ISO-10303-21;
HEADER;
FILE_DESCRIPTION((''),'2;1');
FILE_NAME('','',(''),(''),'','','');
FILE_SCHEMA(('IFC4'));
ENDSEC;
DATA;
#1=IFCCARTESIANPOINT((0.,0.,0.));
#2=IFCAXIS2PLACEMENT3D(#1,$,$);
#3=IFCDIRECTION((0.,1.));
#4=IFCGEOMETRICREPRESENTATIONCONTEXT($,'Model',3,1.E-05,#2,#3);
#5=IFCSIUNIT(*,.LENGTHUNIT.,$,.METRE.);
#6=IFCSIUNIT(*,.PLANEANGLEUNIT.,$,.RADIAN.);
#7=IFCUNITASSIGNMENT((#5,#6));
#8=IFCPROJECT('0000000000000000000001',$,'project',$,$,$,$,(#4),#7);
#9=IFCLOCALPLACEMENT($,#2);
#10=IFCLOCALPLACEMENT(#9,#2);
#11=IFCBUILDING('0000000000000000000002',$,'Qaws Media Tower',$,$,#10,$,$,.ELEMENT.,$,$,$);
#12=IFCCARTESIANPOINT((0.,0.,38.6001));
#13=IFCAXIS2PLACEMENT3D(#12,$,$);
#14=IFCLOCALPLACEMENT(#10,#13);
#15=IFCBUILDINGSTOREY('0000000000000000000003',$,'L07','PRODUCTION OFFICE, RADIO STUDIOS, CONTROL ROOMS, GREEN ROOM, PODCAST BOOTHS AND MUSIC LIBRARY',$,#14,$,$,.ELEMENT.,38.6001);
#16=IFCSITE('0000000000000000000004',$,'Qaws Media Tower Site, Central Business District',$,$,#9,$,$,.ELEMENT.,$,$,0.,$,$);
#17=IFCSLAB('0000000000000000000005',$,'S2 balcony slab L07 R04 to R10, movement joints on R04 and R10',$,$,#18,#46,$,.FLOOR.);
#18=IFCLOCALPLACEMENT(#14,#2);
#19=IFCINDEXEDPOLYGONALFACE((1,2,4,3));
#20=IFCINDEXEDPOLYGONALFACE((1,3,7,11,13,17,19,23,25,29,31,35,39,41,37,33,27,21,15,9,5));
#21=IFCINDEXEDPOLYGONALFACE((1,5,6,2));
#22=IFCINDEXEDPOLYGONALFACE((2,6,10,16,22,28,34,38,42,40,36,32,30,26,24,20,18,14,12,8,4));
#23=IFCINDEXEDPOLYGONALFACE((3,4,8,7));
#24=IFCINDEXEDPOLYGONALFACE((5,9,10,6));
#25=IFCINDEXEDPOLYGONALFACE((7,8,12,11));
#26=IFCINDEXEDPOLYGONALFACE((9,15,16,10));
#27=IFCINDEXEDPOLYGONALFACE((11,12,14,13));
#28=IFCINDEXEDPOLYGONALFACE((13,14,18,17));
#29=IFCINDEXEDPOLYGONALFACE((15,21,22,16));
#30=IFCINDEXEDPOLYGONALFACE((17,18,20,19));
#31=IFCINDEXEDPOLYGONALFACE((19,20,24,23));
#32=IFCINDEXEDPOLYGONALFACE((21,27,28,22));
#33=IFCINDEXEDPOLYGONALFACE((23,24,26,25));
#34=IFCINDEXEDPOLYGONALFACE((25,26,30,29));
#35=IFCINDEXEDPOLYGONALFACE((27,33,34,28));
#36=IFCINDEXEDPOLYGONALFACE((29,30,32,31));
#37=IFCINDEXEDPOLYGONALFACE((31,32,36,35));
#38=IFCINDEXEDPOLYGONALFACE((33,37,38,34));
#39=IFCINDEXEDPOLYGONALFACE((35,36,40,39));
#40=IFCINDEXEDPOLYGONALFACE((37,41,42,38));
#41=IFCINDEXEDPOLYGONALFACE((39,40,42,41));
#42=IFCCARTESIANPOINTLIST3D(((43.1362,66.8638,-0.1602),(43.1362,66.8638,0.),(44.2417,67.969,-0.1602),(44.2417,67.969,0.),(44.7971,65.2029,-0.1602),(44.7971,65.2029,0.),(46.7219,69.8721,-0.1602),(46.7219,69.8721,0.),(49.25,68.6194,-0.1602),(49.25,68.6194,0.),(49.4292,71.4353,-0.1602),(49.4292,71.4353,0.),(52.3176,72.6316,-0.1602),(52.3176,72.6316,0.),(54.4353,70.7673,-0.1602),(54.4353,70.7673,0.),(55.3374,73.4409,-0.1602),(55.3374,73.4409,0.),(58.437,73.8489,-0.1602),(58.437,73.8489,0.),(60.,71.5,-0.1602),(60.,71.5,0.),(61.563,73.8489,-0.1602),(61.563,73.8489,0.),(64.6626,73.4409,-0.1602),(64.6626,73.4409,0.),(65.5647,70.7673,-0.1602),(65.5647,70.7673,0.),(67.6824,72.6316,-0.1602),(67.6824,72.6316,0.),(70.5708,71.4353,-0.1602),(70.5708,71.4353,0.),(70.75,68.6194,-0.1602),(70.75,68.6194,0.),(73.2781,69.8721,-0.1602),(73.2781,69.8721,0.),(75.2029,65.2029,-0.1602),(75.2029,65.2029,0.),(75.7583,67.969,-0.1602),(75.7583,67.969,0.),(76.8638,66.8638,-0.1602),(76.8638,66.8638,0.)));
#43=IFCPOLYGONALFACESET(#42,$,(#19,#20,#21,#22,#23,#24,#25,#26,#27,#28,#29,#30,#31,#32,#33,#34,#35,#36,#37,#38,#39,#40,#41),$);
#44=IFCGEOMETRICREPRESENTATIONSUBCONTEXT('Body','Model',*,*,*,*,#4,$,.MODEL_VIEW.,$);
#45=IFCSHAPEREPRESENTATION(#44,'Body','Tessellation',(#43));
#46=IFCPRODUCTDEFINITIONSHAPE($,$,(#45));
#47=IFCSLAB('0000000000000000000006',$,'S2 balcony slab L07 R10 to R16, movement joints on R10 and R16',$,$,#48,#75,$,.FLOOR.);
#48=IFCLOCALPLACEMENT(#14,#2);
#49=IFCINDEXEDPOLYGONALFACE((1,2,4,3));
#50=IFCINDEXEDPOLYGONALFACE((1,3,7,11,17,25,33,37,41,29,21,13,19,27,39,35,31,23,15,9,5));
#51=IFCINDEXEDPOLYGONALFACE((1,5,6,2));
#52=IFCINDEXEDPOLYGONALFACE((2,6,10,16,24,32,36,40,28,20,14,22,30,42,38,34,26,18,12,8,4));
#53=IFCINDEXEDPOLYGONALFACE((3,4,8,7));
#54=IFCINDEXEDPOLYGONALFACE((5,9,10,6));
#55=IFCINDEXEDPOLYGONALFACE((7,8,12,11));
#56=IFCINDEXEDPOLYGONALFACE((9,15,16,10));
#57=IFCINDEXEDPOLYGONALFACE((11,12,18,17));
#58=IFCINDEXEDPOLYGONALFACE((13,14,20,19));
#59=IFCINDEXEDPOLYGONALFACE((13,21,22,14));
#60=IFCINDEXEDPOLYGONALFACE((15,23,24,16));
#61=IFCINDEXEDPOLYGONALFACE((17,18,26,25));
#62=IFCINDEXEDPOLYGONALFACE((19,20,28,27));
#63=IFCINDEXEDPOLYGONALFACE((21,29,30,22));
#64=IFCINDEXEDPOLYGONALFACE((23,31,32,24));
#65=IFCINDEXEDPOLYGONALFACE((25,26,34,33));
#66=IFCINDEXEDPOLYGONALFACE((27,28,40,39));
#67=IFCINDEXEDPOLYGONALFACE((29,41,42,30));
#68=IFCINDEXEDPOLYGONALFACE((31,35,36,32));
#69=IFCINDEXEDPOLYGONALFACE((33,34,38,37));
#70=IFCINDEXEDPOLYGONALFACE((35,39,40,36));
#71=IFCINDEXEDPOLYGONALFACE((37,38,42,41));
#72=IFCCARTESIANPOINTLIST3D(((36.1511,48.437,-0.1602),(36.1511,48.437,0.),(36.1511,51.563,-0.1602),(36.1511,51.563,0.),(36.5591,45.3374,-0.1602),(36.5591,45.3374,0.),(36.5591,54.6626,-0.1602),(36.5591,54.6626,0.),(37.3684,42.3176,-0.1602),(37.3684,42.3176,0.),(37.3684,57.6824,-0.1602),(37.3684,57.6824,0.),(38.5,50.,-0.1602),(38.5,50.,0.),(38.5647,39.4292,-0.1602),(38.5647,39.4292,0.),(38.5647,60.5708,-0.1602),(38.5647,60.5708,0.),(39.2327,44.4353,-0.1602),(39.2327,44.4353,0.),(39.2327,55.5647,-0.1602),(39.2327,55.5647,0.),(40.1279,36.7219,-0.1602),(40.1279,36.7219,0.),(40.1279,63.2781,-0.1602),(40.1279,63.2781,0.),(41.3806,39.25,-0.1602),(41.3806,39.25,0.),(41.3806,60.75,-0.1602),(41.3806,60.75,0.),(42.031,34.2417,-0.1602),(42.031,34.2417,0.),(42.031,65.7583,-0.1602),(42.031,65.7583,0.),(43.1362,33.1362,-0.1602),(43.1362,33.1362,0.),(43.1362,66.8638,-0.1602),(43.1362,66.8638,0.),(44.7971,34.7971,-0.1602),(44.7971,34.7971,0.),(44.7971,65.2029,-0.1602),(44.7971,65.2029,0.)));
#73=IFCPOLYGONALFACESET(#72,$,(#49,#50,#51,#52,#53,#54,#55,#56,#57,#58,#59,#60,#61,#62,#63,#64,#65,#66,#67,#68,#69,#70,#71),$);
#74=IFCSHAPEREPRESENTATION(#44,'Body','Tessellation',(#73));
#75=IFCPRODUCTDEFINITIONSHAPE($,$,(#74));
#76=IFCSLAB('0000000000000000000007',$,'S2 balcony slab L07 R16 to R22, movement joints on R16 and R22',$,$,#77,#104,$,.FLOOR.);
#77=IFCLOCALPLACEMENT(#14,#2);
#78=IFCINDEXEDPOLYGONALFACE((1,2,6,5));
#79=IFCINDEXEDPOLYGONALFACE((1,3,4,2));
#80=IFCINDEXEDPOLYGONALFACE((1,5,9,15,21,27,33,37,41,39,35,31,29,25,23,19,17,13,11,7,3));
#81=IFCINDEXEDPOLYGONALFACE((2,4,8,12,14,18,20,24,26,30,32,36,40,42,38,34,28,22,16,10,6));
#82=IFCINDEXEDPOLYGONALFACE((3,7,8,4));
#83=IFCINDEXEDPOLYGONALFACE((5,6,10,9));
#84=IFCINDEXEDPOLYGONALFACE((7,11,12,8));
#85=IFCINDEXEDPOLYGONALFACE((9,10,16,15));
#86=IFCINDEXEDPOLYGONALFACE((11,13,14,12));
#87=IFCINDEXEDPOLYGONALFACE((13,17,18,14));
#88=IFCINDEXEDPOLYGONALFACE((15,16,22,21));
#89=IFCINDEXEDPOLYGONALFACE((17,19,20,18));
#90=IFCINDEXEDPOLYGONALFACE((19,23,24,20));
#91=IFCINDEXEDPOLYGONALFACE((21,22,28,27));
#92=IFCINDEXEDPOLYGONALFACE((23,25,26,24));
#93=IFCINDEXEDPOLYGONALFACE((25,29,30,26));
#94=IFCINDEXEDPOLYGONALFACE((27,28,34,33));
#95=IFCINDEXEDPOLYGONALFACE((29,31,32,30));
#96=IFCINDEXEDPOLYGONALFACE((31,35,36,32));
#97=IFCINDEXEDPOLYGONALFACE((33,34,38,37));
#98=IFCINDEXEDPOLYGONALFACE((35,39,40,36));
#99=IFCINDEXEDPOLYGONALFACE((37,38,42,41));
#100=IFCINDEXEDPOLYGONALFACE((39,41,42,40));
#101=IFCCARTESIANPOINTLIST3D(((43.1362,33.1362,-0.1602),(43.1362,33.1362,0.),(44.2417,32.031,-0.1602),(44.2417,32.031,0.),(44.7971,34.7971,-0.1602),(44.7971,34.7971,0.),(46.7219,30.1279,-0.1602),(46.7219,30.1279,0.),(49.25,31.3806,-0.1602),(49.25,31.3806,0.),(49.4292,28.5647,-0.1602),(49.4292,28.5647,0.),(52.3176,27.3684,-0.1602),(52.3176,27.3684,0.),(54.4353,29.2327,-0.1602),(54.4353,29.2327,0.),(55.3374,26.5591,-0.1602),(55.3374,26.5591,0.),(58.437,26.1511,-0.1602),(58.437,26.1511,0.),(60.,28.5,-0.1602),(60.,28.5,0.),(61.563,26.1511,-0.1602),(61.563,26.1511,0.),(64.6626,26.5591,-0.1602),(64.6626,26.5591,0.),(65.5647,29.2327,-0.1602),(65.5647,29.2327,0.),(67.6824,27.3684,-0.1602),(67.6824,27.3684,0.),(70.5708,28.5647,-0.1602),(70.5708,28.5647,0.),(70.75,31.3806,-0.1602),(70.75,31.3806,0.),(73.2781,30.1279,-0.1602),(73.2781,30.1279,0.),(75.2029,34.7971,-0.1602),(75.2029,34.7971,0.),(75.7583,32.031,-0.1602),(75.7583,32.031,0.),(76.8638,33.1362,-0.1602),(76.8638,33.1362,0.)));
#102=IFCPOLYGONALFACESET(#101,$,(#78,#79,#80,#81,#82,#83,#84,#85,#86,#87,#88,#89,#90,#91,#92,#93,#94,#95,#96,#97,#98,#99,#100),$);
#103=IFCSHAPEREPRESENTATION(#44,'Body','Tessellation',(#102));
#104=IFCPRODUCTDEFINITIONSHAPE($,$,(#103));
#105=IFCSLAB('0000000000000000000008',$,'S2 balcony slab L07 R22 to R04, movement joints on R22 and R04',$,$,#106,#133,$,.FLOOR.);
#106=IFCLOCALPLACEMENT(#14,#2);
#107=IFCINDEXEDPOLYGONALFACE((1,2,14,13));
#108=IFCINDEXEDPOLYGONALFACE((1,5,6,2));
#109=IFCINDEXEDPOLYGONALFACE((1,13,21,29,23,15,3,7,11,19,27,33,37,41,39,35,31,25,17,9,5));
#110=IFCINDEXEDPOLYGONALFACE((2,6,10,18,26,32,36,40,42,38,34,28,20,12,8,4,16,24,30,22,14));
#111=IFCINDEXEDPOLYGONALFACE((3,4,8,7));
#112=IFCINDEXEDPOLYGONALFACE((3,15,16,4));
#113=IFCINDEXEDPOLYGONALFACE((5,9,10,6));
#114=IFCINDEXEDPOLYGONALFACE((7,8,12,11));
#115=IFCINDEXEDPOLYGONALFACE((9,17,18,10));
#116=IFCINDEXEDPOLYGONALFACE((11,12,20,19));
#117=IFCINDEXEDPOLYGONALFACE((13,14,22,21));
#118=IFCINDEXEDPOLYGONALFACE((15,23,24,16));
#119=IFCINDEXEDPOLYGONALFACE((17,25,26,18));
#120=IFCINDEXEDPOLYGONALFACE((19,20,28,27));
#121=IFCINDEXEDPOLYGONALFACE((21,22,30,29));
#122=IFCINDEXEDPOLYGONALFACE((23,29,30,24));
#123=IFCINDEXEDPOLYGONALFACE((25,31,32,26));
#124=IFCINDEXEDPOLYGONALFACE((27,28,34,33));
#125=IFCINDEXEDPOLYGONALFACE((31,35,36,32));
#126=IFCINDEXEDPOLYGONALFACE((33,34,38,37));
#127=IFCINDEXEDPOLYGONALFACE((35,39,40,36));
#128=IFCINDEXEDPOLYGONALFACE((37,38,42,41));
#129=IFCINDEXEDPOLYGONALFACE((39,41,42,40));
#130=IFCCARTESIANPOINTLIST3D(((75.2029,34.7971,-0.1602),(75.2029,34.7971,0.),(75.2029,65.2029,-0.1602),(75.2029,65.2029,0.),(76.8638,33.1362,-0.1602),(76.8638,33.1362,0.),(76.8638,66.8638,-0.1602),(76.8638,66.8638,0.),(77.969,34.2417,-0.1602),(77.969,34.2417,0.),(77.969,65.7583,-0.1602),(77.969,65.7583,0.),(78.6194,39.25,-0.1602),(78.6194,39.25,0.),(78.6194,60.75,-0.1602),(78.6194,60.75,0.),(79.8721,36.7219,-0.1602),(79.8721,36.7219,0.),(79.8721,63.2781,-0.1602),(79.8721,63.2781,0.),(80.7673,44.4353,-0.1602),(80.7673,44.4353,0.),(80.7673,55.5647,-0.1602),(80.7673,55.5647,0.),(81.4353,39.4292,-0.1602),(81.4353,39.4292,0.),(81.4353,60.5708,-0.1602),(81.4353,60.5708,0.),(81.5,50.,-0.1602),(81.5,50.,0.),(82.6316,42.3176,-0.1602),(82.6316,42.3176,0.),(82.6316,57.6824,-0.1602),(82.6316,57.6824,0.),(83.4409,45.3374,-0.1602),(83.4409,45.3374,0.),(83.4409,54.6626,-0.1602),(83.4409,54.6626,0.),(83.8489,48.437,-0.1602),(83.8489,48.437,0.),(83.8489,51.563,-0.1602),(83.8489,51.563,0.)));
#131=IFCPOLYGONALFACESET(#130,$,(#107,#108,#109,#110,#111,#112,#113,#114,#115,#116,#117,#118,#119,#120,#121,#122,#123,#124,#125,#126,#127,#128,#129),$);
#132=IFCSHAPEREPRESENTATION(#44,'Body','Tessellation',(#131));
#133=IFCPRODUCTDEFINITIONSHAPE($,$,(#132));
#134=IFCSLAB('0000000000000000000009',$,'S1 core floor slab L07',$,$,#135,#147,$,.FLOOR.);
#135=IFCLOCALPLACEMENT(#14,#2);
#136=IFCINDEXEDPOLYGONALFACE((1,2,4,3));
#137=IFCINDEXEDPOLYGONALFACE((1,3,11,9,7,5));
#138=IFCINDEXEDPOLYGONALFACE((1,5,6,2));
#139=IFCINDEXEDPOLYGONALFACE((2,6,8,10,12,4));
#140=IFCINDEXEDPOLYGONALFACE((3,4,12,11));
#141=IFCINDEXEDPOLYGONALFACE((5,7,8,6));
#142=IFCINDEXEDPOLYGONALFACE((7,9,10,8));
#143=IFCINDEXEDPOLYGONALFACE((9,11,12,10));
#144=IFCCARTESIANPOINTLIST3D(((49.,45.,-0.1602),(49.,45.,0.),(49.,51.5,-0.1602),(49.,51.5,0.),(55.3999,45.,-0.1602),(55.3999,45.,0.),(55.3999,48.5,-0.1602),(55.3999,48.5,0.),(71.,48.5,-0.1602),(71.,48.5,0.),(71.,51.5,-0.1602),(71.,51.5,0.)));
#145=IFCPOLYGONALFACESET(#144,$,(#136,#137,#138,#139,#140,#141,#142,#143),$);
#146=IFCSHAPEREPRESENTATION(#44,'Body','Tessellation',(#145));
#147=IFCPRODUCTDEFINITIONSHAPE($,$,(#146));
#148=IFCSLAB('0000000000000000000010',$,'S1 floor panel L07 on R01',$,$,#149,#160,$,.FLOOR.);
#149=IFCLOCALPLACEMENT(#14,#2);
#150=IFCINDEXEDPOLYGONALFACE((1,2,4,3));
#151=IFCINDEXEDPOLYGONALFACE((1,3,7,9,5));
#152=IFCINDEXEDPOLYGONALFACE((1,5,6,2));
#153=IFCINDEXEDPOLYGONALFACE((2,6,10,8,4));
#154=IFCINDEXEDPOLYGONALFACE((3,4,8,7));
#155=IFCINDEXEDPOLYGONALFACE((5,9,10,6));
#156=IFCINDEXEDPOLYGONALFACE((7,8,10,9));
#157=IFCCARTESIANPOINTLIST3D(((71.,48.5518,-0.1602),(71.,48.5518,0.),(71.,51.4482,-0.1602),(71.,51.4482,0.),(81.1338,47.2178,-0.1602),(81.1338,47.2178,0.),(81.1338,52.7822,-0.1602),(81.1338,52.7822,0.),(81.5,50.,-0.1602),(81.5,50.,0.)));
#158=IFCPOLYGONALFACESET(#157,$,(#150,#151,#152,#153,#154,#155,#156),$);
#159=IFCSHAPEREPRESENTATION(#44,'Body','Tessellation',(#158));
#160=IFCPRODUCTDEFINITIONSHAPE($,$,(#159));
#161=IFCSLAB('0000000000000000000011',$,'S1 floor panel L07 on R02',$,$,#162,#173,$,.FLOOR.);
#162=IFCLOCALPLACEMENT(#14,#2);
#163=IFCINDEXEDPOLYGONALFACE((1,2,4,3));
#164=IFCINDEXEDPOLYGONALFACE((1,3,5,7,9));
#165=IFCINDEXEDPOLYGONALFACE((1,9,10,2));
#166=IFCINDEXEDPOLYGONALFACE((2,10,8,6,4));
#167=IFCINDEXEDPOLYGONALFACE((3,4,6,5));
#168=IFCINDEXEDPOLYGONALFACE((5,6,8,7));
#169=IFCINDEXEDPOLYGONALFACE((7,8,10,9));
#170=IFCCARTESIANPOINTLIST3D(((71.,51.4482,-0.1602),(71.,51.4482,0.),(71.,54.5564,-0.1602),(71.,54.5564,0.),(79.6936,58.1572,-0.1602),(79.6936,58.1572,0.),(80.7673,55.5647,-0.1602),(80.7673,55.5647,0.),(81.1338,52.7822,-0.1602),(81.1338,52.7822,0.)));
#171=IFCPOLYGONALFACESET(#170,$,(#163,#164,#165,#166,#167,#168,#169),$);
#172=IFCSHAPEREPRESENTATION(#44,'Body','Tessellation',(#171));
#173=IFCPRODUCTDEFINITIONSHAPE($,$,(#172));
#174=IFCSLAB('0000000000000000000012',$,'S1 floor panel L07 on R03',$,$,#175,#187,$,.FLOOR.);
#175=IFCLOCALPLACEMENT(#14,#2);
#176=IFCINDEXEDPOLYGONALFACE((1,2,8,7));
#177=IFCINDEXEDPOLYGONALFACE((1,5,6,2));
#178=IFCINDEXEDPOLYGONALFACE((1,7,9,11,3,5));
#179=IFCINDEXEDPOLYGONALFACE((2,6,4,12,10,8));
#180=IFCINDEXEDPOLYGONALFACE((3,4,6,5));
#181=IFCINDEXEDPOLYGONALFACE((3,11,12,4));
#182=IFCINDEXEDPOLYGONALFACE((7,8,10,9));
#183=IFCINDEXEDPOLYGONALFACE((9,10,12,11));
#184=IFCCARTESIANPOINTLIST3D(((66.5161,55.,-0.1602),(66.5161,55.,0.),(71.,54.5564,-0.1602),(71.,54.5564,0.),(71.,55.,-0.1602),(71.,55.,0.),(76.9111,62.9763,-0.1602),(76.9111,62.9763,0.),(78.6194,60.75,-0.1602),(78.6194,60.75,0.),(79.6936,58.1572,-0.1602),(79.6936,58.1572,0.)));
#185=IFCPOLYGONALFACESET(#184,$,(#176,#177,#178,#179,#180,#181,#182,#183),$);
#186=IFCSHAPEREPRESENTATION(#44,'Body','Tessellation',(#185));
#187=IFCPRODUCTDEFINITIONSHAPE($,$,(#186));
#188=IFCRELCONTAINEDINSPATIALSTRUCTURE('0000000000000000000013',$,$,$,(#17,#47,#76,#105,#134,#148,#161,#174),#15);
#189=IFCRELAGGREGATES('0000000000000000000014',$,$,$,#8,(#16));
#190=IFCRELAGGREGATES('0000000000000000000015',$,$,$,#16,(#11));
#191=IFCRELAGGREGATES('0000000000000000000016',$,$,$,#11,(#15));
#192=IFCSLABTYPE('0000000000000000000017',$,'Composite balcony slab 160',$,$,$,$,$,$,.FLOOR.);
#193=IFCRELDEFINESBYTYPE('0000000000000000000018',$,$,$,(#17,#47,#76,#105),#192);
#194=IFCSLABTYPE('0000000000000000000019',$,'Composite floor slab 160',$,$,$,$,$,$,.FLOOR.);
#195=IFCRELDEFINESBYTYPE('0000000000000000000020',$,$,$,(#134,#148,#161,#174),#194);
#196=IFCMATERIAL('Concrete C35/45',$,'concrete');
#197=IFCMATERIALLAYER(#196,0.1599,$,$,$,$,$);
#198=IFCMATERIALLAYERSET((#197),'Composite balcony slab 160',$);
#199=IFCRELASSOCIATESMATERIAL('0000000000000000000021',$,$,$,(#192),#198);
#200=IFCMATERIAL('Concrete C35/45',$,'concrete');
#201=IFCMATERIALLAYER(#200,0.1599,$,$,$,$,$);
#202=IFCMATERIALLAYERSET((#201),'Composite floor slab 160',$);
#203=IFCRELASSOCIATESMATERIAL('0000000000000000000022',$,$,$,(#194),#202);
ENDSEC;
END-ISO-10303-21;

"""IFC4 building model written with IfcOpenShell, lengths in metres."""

from ifc_helpers import new_model, si_unit, direction, frame, origin, place, context, subcontext, project, spatial, polyline, outline, extrude, material, layer, layer_set, type_object, element, save


model = new_model("IFC4")

# Units and contexts
model_context = context("Model", 3, precision=1e-05, world=origin(), true_north=direction((0.0, 1.0)))
body_context = subcontext(model_context, "Body", "Model", "MODEL_VIEW")
ifc_project = project(units=[si_unit("LENGTHUNIT", "METRE"), si_unit("PLANEANGLEUNIT", "RADIAN")], contexts=[model_context])

# Site, building, storey
site_placement = place(None, origin())
site = spatial("IfcSite", under=ifc_project, at=site_placement, Name="Qaws Media Tower Site, Central Business District", CompositionType="ELEMENT", RefElevation=0.0)
building_placement = place(site_placement, origin())
building = spatial("IfcBuilding", under=site, at=building_placement, Name="Qaws Media Tower", CompositionType="ELEMENT")
storey_placement = place(building_placement, frame((0.0, 0.0, 38.6001)))
storey = spatial("IfcBuildingStorey", under=building, at=storey_placement, Name="L07", Description="PRODUCTION OFFICE, RADIO STUDIOS, CONTROL ROOMS, GREEN ROOM, PODCAST BOOTHS AND MUSIC LIBRARY", CompositionType="ELEMENT", Elevation=38.6001)

# Slabs
ifc_material_1 = material(Name="Concrete C35/45", Category="concrete")
ifc_layer_1 = layer(ifc_material_1, 0.1599)
ifc_layer_set_1 = layer_set([ifc_layer_1], Name="Composite balcony slab 160")
slab_type_1 = type_object("IfcSlabType", Name="Composite balcony slab 160", PredefinedType="FLOOR", material=ifc_layer_set_1)
slab_1_placement = place(storey_placement, frame((0.0, 0.0, -0.1602)))
element("IfcSlab", 1, at=slab_1_placement, inside=storey, type_object=slab_type_1, Name="S2 balcony slab L07 R04 to R10, movement joints on R04 and R10", PredefinedType="FLOOR", context=body_context, shape_type="SweptSolid", body=[
    extrude(outline(polyline([(44.2417, 67.969), (46.7219, 69.8721), (49.4292, 71.4353), (52.3176, 72.6316), (55.3374, 73.4409), (58.437, 73.8489), (61.563, 73.8489), (64.6626, 73.4409), (67.6824, 72.6316), (70.5708, 71.4353), (73.2781, 69.8721), (75.7583, 67.969), (76.8638, 66.8638), (75.2029, 65.2029), (70.75, 68.6194), (65.5647, 70.7673), (60.0, 71.5), (54.4353, 70.7673), (49.25, 68.6194), (44.7971, 65.2029), (43.1362, 66.8638), (44.2417, 67.969)])), origin(), (0.0, 0.0, 1.0), 0.1602),
])
slab_2_placement = place(storey_placement, frame((0.0, 0.0, -0.1602)))
element("IfcSlab", 2, at=slab_2_placement, inside=storey, type_object=slab_type_1, Name="S2 balcony slab L07 R10 to R16, movement joints on R10 and R16", PredefinedType="FLOOR", context=body_context, shape_type="SweptSolid", body=[
    extrude(outline(polyline([(42.031, 34.2417), (40.1279, 36.7219), (38.5647, 39.4292), (37.3684, 42.3176), (36.5591, 45.3374), (36.1511, 48.437), (36.1511, 51.563), (36.5591, 54.6626), (37.3684, 57.6824), (38.5647, 60.5708), (40.1279, 63.2781), (42.031, 65.7583), (43.1362, 66.8638), (44.7971, 65.2029), (41.3806, 60.75), (39.2327, 55.5647), (38.5, 50.0), (39.2327, 44.4353), (41.3806, 39.25), (44.7971, 34.7971), (43.1362, 33.1362), (42.031, 34.2417)])), origin(), (0.0, 0.0, 1.0), 0.1602),
])
slab_3_placement = place(storey_placement, frame((0.0, 0.0, -0.1602)))
element("IfcSlab", 3, at=slab_3_placement, inside=storey, type_object=slab_type_1, Name="S2 balcony slab L07 R16 to R22, movement joints on R16 and R22", PredefinedType="FLOOR", context=body_context, shape_type="SweptSolid", body=[
    extrude(outline(polyline([(75.7583, 32.031), (73.2781, 30.1279), (70.5708, 28.5647), (67.6824, 27.3684), (64.6626, 26.5591), (61.563, 26.1511), (58.437, 26.1511), (55.3374, 26.5591), (52.3176, 27.3684), (49.4292, 28.5647), (46.7219, 30.1279), (44.2417, 32.031), (43.1362, 33.1362), (44.7971, 34.7971), (49.25, 31.3806), (54.4353, 29.2327), (60.0, 28.5), (65.5647, 29.2327), (70.75, 31.3806), (75.2029, 34.7971), (76.8638, 33.1362), (75.7583, 32.031)])), origin(), (0.0, 0.0, 1.0), 0.1602),
])
slab_4_placement = place(storey_placement, frame((0.0, 0.0, -0.1602)))
element("IfcSlab", 4, at=slab_4_placement, inside=storey, type_object=slab_type_1, Name="S2 balcony slab L07 R22 to R04, movement joints on R22 and R04", PredefinedType="FLOOR", context=body_context, shape_type="SweptSolid", body=[
    extrude(outline(polyline([(83.4409, 45.3374), (82.6316, 42.3176), (81.4353, 39.4292), (79.8721, 36.7219), (77.969, 34.2417), (76.8638, 33.1362), (75.2029, 34.7971), (78.6194, 39.25), (80.7673, 44.4353), (81.5, 50.0), (80.7673, 55.5647), (78.6194, 60.75), (75.2029, 65.2029), (76.8638, 66.8638), (77.969, 65.7583), (79.8721, 63.2781), (81.4353, 60.5708), (82.6316, 57.6824), (83.4409, 54.6626), (83.8489, 51.563), (83.8489, 48.437), (83.4409, 45.3374)])), origin(), (0.0, 0.0, 1.0), 0.1602),
])
ifc_material_2 = material(Name="Concrete C35/45", Category="concrete")
ifc_layer_2 = layer(ifc_material_2, 0.1599)
ifc_layer_set_2 = layer_set([ifc_layer_2], Name="Composite floor slab 160")
slab_type_2 = type_object("IfcSlabType", Name="Composite floor slab 160", PredefinedType="FLOOR", material=ifc_layer_set_2)
slab_5_placement = place(storey_placement, frame((0.0, 0.0, -0.1602)))
element("IfcSlab", 5, at=slab_5_placement, inside=storey, type_object=slab_type_2, Name="S1 core floor slab L07", PredefinedType="FLOOR", context=body_context, shape_type="SweptSolid", body=[
    extrude(outline(polyline([(71.0, 51.5), (71.0, 48.5), (55.3999, 48.5), (55.3999, 45.0), (49.0, 45.0), (49.0, 51.5), (71.0, 51.5)])), origin(), (0.0, 0.0, 1.0), 0.1602),
])
slab_6_placement = place(storey_placement, frame((0.0, 0.0, -0.1602)))
element("IfcSlab", 6, at=slab_6_placement, inside=storey, type_object=slab_type_2, Name="S1 floor panel L07 on R01", PredefinedType="FLOOR", context=body_context, shape_type="SweptSolid", body=[
    extrude(outline(polyline([(81.5, 50.0), (81.1338, 47.2178), (71.0, 48.5518), (71.0, 51.4482), (81.1338, 52.7822), (81.5, 50.0)])), origin(), (0.0, 0.0, 1.0), 0.1602),
])
slab_7_placement = place(storey_placement, frame((0.0, 0.0, -0.1602)))
element("IfcSlab", 7, at=slab_7_placement, inside=storey, type_object=slab_type_2, Name="S1 floor panel L07 on R02", PredefinedType="FLOOR", context=body_context, shape_type="SweptSolid", body=[
    extrude(outline(polyline([(80.7673, 55.5647), (81.1338, 52.7822), (71.0, 51.4482), (71.0, 54.5564), (79.6936, 58.1572), (80.7673, 55.5647)])), origin(), (0.0, 0.0, 1.0), 0.1602),
])
slab_8_placement = place(storey_placement, frame((0.0, 0.0, -0.1602)))
element("IfcSlab", 8, at=slab_8_placement, inside=storey, type_object=slab_type_2, Name="S1 floor panel L07 on R03", PredefinedType="FLOOR", context=body_context, shape_type="SweptSolid", body=[
    extrude(outline(polyline([(78.6194, 60.75), (79.6936, 58.1572), (71.0, 54.5564), (71.0, 55.0), (66.5161, 55.0), (76.9111, 62.9763), (78.6194, 60.75)])), origin(), (0.0, 0.0, 1.0), 0.1602),
])

save(model, "model.ifc")
